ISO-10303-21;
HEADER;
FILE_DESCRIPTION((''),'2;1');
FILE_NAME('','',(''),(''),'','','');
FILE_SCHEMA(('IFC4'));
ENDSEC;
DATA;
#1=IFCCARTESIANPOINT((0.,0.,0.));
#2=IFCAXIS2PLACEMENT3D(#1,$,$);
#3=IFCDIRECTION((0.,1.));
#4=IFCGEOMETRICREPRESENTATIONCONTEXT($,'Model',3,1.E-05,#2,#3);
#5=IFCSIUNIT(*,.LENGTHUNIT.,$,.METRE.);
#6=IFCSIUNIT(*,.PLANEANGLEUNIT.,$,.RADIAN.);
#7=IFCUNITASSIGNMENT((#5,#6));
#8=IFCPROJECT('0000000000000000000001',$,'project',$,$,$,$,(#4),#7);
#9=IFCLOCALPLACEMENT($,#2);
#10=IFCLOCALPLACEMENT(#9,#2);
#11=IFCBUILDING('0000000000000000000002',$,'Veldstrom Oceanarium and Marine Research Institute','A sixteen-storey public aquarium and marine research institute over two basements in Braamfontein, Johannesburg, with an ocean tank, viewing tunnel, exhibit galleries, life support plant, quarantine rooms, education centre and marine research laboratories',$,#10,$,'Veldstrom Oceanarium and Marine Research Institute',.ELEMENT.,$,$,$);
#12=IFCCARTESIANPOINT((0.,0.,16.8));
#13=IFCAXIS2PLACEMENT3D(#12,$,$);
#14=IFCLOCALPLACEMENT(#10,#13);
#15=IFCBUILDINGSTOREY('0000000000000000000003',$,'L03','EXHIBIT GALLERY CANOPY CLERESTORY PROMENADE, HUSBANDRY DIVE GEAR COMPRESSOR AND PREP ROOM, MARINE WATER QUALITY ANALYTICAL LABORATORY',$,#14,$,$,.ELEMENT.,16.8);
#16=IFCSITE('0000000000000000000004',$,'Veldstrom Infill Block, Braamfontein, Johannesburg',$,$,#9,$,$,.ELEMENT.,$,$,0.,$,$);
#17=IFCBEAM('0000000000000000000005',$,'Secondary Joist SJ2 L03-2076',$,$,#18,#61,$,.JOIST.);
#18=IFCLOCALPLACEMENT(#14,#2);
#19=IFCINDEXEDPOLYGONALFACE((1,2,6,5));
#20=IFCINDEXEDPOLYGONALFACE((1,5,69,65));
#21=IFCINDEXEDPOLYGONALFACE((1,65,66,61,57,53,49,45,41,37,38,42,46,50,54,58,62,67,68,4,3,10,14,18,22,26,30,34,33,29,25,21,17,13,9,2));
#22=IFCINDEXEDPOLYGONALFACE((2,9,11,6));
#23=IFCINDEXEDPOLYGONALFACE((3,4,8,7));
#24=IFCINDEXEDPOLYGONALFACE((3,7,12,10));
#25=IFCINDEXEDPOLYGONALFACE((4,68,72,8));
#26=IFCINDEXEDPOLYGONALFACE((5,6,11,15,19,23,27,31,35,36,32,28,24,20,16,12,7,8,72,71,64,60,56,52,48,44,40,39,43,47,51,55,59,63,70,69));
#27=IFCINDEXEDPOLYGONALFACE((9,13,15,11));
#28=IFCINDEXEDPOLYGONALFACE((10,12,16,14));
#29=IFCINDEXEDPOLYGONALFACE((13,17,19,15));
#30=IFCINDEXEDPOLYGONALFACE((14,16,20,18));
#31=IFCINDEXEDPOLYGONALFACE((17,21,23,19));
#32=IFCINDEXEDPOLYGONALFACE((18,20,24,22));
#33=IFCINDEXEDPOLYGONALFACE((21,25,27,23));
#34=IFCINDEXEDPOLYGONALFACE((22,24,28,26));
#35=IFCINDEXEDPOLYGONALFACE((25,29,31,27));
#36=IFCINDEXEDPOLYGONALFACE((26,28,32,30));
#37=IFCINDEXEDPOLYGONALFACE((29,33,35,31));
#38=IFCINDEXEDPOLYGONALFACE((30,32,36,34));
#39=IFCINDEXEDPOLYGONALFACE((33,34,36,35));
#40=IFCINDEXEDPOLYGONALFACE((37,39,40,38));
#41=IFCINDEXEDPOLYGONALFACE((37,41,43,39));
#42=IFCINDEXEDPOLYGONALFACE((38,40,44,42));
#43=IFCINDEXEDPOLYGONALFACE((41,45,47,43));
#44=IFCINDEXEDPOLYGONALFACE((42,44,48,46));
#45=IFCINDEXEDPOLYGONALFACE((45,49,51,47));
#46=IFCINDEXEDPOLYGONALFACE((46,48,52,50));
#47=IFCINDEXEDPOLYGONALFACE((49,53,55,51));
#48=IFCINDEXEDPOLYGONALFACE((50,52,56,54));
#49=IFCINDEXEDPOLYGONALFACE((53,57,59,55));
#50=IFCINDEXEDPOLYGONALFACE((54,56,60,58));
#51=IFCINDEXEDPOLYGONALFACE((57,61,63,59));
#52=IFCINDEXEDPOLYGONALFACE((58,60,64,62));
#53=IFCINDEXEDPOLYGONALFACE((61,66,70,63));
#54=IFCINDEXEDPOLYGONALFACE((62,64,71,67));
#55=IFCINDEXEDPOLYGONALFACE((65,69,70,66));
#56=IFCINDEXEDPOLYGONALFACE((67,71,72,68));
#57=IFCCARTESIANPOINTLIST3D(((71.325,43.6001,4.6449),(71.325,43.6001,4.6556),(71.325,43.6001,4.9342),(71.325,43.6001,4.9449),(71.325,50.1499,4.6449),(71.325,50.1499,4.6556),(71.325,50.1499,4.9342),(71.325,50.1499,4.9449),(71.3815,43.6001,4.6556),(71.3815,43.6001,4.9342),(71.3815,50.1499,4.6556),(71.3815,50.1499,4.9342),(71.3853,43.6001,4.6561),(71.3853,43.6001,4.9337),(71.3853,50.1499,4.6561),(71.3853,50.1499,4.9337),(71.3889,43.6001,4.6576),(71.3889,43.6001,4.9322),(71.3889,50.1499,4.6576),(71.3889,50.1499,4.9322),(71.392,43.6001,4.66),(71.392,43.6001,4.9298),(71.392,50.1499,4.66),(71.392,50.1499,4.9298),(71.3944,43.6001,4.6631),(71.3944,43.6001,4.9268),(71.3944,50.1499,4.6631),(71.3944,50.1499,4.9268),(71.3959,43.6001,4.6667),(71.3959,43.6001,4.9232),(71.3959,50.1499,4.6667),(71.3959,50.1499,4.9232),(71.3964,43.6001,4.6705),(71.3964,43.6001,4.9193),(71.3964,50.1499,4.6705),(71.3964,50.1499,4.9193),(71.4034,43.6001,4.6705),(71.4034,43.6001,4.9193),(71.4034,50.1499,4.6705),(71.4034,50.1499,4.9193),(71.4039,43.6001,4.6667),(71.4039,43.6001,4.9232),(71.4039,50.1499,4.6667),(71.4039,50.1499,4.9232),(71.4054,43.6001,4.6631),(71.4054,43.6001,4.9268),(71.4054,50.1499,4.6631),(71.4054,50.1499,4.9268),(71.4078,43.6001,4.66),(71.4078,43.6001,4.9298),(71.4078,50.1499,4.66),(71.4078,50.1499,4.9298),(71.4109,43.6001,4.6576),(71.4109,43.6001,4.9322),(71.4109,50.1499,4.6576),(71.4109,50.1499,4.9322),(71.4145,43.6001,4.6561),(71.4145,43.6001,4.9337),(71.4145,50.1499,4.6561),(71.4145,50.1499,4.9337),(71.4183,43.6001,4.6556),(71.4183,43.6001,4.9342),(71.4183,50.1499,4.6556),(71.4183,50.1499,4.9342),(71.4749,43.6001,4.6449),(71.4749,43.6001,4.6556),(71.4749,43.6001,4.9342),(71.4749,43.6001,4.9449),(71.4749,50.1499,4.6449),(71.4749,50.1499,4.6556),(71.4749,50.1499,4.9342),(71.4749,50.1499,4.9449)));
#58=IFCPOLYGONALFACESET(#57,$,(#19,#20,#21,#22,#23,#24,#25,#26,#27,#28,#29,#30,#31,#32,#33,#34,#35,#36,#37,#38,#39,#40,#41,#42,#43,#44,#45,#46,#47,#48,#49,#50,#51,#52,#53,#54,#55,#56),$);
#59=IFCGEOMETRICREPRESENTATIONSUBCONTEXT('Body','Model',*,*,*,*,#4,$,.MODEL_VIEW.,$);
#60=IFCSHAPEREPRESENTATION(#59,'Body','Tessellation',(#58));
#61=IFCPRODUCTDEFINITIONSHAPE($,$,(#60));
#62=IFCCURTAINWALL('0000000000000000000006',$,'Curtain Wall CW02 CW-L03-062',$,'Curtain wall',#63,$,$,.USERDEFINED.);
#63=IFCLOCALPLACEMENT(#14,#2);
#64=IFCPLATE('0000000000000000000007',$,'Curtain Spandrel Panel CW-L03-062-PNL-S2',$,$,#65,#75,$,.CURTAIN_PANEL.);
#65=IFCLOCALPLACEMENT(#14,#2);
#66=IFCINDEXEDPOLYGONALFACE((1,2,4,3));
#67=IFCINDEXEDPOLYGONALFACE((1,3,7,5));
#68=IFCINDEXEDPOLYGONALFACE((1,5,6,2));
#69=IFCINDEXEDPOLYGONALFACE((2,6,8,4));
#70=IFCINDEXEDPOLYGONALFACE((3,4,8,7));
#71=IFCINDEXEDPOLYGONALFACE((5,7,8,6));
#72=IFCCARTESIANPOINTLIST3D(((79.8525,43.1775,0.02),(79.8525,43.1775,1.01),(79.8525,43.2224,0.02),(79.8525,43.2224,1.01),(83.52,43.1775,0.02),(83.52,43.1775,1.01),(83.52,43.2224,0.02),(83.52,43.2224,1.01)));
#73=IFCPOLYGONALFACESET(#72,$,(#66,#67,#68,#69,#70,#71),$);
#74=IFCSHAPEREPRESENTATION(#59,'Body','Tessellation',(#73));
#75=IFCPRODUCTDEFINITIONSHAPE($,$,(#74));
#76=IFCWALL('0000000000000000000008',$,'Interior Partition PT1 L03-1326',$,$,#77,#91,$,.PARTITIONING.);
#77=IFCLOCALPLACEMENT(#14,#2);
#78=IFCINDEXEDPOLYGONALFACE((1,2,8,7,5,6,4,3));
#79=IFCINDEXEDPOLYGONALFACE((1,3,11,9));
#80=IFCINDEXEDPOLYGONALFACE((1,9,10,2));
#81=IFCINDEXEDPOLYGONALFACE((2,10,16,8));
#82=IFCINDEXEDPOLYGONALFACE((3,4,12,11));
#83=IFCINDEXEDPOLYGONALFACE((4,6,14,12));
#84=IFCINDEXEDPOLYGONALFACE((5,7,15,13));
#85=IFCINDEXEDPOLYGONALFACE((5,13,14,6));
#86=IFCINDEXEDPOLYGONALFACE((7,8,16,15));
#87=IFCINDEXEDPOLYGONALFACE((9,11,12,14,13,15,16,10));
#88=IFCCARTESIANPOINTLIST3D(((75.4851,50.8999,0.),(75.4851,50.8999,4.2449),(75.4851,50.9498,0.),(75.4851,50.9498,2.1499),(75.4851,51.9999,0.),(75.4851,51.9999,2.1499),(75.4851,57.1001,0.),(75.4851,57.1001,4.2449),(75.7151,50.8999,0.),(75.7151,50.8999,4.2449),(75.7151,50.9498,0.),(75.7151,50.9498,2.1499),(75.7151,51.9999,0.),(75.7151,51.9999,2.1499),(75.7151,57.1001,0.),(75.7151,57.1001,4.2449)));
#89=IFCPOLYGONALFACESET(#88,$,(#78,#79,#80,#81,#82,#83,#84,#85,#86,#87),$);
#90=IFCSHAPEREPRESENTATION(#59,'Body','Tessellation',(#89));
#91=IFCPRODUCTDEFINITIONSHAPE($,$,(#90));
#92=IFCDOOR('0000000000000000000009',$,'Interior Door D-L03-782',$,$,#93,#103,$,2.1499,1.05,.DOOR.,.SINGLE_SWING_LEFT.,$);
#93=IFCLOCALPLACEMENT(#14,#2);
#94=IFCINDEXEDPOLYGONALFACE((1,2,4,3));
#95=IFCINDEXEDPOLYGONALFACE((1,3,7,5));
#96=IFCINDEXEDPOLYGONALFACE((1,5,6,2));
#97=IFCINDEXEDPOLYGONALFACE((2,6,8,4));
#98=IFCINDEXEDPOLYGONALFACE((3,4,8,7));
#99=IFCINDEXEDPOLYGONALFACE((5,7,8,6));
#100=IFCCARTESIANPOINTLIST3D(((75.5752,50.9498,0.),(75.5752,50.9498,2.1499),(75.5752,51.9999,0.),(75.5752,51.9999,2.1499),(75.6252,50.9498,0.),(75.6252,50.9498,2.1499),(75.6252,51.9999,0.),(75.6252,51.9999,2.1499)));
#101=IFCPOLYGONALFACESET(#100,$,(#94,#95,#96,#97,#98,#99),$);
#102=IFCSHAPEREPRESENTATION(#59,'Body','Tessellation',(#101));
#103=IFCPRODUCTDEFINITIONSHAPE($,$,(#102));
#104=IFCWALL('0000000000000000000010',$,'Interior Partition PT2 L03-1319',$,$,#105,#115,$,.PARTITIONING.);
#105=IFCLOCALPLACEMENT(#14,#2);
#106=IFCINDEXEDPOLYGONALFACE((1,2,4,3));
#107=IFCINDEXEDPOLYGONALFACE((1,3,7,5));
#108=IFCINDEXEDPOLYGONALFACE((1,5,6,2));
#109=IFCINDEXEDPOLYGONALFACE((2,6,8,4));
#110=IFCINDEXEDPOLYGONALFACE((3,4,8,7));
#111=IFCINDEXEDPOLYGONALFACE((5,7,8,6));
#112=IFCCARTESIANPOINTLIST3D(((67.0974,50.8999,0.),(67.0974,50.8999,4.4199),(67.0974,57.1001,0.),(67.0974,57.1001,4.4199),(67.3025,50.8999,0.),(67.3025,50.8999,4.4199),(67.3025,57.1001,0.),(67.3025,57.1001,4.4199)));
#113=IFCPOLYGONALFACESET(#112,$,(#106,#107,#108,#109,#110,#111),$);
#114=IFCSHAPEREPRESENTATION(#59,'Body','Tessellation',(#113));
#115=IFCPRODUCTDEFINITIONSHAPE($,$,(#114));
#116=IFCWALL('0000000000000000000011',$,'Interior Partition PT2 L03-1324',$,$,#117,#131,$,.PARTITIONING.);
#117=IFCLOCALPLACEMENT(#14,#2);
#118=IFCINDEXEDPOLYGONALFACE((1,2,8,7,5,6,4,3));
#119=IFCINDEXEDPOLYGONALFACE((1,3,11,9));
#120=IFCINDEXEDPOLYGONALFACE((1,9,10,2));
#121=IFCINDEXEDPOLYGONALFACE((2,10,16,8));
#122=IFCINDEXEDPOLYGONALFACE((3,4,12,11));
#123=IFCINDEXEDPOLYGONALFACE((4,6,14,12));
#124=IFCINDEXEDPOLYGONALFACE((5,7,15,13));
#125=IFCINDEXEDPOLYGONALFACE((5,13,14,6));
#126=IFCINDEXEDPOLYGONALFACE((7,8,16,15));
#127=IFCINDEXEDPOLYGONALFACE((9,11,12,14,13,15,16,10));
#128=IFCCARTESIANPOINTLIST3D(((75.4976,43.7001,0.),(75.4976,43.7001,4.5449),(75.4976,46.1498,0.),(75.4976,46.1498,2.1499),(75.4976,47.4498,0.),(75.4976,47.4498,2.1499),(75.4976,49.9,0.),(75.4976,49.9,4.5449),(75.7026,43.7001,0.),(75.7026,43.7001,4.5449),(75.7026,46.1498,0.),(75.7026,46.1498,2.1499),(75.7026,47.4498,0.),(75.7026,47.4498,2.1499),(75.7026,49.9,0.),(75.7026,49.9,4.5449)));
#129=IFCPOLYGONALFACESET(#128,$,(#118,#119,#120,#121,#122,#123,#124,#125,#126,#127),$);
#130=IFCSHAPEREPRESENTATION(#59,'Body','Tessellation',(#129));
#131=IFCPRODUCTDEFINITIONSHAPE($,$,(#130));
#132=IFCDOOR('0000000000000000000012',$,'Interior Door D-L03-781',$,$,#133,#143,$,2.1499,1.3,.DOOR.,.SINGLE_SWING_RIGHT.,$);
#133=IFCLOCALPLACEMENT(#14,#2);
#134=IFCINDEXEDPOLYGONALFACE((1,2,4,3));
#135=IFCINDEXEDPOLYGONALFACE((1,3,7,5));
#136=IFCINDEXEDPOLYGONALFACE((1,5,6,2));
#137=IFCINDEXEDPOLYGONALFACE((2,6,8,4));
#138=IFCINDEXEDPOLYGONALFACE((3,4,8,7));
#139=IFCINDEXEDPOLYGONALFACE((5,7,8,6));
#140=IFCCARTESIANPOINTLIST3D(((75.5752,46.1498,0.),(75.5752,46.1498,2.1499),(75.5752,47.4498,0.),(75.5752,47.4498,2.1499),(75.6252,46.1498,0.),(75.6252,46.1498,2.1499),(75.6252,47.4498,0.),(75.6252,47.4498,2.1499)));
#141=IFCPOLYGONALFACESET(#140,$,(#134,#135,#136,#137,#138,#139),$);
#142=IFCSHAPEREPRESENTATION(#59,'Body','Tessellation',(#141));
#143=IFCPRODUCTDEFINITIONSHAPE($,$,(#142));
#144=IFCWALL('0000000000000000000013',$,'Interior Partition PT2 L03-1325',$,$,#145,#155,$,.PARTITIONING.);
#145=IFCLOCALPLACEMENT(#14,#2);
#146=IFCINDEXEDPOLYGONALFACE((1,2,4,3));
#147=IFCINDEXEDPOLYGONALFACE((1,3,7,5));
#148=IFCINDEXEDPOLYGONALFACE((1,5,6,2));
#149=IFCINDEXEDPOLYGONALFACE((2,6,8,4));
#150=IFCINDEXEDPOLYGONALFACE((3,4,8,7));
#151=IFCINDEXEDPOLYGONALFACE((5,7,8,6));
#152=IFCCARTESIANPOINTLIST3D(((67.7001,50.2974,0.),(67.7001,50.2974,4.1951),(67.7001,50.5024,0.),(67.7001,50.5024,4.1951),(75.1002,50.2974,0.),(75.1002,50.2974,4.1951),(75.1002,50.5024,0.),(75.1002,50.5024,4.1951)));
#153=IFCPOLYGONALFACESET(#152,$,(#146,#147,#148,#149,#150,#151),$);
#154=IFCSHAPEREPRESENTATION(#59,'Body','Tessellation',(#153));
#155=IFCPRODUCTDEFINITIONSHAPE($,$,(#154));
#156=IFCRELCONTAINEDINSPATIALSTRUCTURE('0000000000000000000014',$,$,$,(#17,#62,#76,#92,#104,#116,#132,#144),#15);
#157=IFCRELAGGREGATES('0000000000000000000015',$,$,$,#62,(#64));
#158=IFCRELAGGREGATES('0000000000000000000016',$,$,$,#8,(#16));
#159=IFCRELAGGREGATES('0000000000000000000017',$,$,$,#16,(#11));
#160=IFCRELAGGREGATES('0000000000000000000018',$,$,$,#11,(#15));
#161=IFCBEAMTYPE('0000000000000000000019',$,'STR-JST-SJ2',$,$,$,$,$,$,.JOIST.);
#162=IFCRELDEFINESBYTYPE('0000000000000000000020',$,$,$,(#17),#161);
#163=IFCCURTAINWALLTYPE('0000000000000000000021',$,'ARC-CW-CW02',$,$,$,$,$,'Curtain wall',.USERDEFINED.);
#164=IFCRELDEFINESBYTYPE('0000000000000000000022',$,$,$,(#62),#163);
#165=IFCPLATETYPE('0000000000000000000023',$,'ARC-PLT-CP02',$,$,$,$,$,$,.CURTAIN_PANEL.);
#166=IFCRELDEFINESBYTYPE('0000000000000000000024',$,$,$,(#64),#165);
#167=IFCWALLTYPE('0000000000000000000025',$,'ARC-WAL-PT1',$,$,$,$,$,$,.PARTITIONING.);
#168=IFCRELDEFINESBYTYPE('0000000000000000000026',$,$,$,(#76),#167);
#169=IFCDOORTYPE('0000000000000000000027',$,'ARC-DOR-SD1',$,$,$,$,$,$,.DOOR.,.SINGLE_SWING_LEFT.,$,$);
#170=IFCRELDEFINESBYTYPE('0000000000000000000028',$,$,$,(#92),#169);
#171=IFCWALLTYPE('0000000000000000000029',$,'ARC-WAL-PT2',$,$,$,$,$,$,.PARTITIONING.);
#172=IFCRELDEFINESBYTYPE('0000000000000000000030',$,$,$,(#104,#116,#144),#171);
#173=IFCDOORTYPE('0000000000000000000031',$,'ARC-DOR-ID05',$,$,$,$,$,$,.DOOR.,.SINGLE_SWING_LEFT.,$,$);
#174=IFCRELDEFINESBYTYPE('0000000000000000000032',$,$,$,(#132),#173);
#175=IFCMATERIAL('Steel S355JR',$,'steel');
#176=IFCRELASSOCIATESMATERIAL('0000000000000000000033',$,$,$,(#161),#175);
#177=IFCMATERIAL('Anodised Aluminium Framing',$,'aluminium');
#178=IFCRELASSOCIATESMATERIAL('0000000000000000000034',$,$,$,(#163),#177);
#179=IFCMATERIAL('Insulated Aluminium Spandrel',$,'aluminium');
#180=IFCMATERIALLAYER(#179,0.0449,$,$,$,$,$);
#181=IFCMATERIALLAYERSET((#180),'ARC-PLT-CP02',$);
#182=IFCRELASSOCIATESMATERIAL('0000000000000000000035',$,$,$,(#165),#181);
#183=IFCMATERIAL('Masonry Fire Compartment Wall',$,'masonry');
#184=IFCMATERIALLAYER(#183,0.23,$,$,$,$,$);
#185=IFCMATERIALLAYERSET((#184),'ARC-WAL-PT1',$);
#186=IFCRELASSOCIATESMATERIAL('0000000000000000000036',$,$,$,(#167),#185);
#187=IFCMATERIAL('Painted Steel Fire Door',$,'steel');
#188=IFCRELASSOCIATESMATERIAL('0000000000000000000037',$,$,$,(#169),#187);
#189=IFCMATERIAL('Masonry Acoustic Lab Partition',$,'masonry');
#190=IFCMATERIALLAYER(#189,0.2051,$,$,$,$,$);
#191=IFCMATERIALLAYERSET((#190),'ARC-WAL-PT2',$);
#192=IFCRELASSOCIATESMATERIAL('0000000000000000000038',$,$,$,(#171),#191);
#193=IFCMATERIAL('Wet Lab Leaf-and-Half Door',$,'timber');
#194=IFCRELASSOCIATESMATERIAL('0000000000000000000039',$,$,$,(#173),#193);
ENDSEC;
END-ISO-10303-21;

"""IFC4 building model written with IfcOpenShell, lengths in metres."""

from ifc_helpers import new_model, si_unit, direction, frame, frame_2d, origin, origin_2d, place, context, subcontext, project, spatial, rectangle, i_section, extrude, material, layer, layer_set, material_profile, profile_set, type_object, element, fill, aggregate, save


model = new_model("IFC4")

# Units and contexts
model_context = context("Model", 3, precision=1e-05, world=origin(), true_north=direction((0.0, 1.0)))
body_context = subcontext(model_context, "Body", "Model", "MODEL_VIEW")
ifc_project = project(units=[si_unit("LENGTHUNIT", "METRE"), si_unit("PLANEANGLEUNIT", "RADIAN")], contexts=[model_context])

# Site, building, storey
site_placement = place(None, origin())
site = spatial("IfcSite", under=ifc_project, at=site_placement, Name="Veldstrom Infill Block, Braamfontein, Johannesburg", CompositionType="ELEMENT", RefElevation=0.0)
building_placement = place(site_placement, origin())
building = spatial("IfcBuilding", under=site, at=building_placement, Name="Veldstrom Oceanarium and Marine Research Institute", Description="A sixteen-storey public aquarium and marine research institute over two basements in Braamfontein, Johannesburg, with an ocean tank, viewing tunnel, exhibit galleries, life support plant, quarantine rooms, education centre and marine research laboratories", LongName="Veldstrom Oceanarium and Marine Research Institute", CompositionType="ELEMENT")
storey_placement = place(building_placement, frame((0.0, 0.0, 16.8)))
storey = spatial("IfcBuildingStorey", under=building, at=storey_placement, Name="L03", Description="EXHIBIT GALLERY CANOPY CLERESTORY PROMENADE, HUSBANDRY DIVE GEAR COMPRESSOR AND PREP ROOM, MARINE WATER QUALITY ANALYTICAL LABORATORY", CompositionType="ELEMENT", Elevation=16.8)

# Beam
ifc_material_1 = material(Name="Steel S355JR", Category="steel")
ifc_material_profile_1 = material_profile(ifc_material_1, i_section(OverallWidth=0.1499, OverallDepth=0.3, WebThickness=0.0071, FlangeThickness=0.0107, FilletRadius=0.0149, at=origin_2d()), Name="IPE 300")
ifc_profile_set_1 = profile_set([ifc_material_profile_1], Name="Steel S355JR")
beam_type_1 = type_object("IfcBeamType", Name="STR-JST-SJ2", PredefinedType="JOIST", material=ifc_profile_set_1)
beam_1_placement = place(storey_placement, frame((71.3999, 43.6001, 4.7949), z_axis=(0.0, 1.0, 0.0), x_axis=(-1.0, 0.0, 0.0)))
element("IfcBeam", 1, at=beam_1_placement, inside=storey, type_object=beam_type_1, Name="Secondary Joist SJ2 L03-2076", PredefinedType="JOIST", context=body_context, shape_type="SweptSolid", body=[
    extrude(i_section(OverallWidth=0.1499, OverallDepth=0.3, WebThickness=0.0071, FlangeThickness=0.0107, FilletRadius=0.0149, at=origin_2d()), origin(), (0.0, 0.0, 1.0), 6.5498),
])

# Curtain wall, plate
ifc_material_2 = material(Name="Anodised Aluminium Framing", Category="aluminium")
curtain_wall_type = type_object("IfcCurtainWallType", Name="ARC-CW-CW02", ElementType="Curtain wall", PredefinedType="USERDEFINED", material=ifc_material_2)
curtain_wall_placement = place(storey_placement, origin())
curtain_wall = element("IfcCurtainWall", 2, at=curtain_wall_placement, inside=storey, type_object=curtain_wall_type, Name="Curtain Wall CW02 CW-L03-062", ObjectType="Curtain wall", PredefinedType="USERDEFINED")
ifc_material_3 = material(Name="Insulated Aluminium Spandrel", Category="aluminium")
ifc_layer_1 = layer(ifc_material_3, 0.0449)
ifc_layer_set_1 = layer_set([ifc_layer_1], Name="ARC-PLT-CP02")
plate_type = type_object("IfcPlateType", Name="ARC-PLT-CP02", PredefinedType="CURTAIN_PANEL", material=ifc_layer_set_1)
plate_placement = place(storey_placement, frame((81.6863, 43.2, 0.02), z_axis=(0.0, 0.0, 1.0), x_axis=(1.0, 0.0, 0.0)))
plate = element("IfcPlate", 3, at=plate_placement, type_object=plate_type, Name="Curtain Spandrel Panel CW-L03-062-PNL-S2", PredefinedType="CURTAIN_PANEL", context=body_context, shape_type="SweptSolid", body=[
    extrude(rectangle(XDim=3.6675, YDim=0.0449, at=origin_2d()), origin(), (0.0, 0.0, 1.0), 0.99),
])
aggregate(curtain_wall, [plate])

# Wall, opening, door
ifc_material_4 = material(Name="Masonry Fire Compartment Wall", Category="masonry")
ifc_layer_2 = layer(ifc_material_4, 0.23)
ifc_layer_set_2 = layer_set([ifc_layer_2], Name="ARC-WAL-PT1")
wall_type_1 = type_object("IfcWallType", Name="ARC-WAL-PT1", PredefinedType="PARTITIONING", material=ifc_layer_set_2)
wall_1_placement = place(storey_placement, frame((75.6001, 50.8999, 0.0), z_axis=(0.0, 0.0, 1.0), x_axis=(0.0, 1.0, 0.0)))
wall_1 = element("IfcWall", 4, at=wall_1_placement, inside=storey, type_object=wall_type_1, Name="Interior Partition PT1 L03-1326", PredefinedType="PARTITIONING", context=body_context, shape_type="SweptSolid", body=[
    extrude(rectangle(XDim=6.2002, YDim=0.23, at=frame_2d((3.1001, 0.0))), origin(), (0.0, 0.0, 1.0), 4.2449),
])
opening_1_placement = place(wall_1_placement, frame((0.05, 0.0, 0.0)))
opening_1 = element("IfcOpeningElement", 5, at=opening_1_placement, cuts=wall_1, PredefinedType="OPENING", context=body_context, shape_type="SweptSolid", body=[
    extrude(rectangle(XDim=1.05, YDim=2.1499, at=frame_2d((0.5249, 1.075))), frame((0.0, 0.125, 0.0), z_axis=(0.0, -1.0, 0.0), x_axis=(1.0, 0.0, 0.0)), (0.0, 0.0, 1.0), 0.25),
])
ifc_material_5 = material(Name="Painted Steel Fire Door", Category="steel")
door_type_1 = type_object("IfcDoorType", Name="ARC-DOR-SD1", OperationType="SINGLE_SWING_LEFT", PredefinedType="DOOR", material=ifc_material_5)
door_1_placement = place(opening_1_placement, origin())
door_1 = element("IfcDoor", 6, at=door_1_placement, inside=storey, type_object=door_type_1, Name="Interior Door D-L03-782", OperationType="SINGLE_SWING_LEFT", OverallHeight=2.1499, OverallWidth=1.05, PredefinedType="DOOR", context=body_context, shape_type="SweptSolid", body=[
    extrude(rectangle(XDim=1.05, YDim=2.1499, at=frame_2d((0.5249, 1.075))), frame((0.0, 0.0249, 0.0), z_axis=(0.0, -1.0, 0.0), x_axis=(1.0, 0.0, 0.0)), (0.0, 0.0, 1.0), 0.05),
])
fill(opening_1, door_1)

# Wall
ifc_material_6 = material(Name="Masonry Acoustic Lab Partition", Category="masonry")
ifc_layer_3 = layer(ifc_material_6, 0.2051)
ifc_layer_set_3 = layer_set([ifc_layer_3], Name="ARC-WAL-PT2")
wall_type_2 = type_object("IfcWallType", Name="ARC-WAL-PT2", PredefinedType="PARTITIONING", material=ifc_layer_set_3)
wall_2_placement = place(storey_placement, frame((67.2, 50.8999, 0.0), z_axis=(0.0, 0.0, 1.0), x_axis=(0.0, 1.0, 0.0)))
element("IfcWall", 7, at=wall_2_placement, inside=storey, type_object=wall_type_2, Name="Interior Partition PT2 L03-1319", PredefinedType="PARTITIONING", context=body_context, shape_type="SweptSolid", body=[
    extrude(rectangle(XDim=6.2002, YDim=0.2051, at=frame_2d((3.1001, 0.0))), origin(), (0.0, 0.0, 1.0), 4.4199),
])

# Wall, opening, door
wall_3_placement = place(storey_placement, frame((75.6001, 43.7, 0.0), z_axis=(0.0, 0.0, 1.0), x_axis=(0.0, 1.0, 0.0)))
wall_3 = element("IfcWall", 8, at=wall_3_placement, inside=storey, type_object=wall_type_2, Name="Interior Partition PT2 L03-1324", PredefinedType="PARTITIONING", context=body_context, shape_type="SweptSolid", body=[
    extrude(rectangle(XDim=6.2, YDim=0.2051, at=frame_2d((3.1001, 0.0))), origin(), (0.0, 0.0, 1.0), 4.5449),
])
opening_2_placement = place(wall_3_placement, frame((2.45, 0.0, 0.0)))
opening_2 = element("IfcOpeningElement", 9, at=opening_2_placement, cuts=wall_3, PredefinedType="OPENING", context=body_context, shape_type="SweptSolid", body=[
    extrude(rectangle(XDim=1.3, YDim=2.1499, at=frame_2d((0.6499, 1.075))), frame((0.0, 0.1125, 0.0), z_axis=(0.0, -1.0, 0.0), x_axis=(1.0, 0.0, 0.0)), (0.0, 0.0, 1.0), 0.2251),
])
ifc_material_7 = material(Name="Wet Lab Leaf-and-Half Door", Category="timber")
door_type_2 = type_object("IfcDoorType", Name="ARC-DOR-ID05", OperationType="SINGLE_SWING_LEFT", PredefinedType="DOOR", material=ifc_material_7)
door_2_placement = place(opening_2_placement, origin())
door_2 = element("IfcDoor", 10, at=door_2_placement, inside=storey, type_object=door_type_2, Name="Interior Door D-L03-781", OperationType="SINGLE_SWING_RIGHT", OverallHeight=2.1499, OverallWidth=1.3, PredefinedType="DOOR", context=body_context, shape_type="SweptSolid", body=[
    extrude(rectangle(XDim=1.3, YDim=2.1499, at=frame_2d((0.6499, 1.075))), frame((0.0, 0.0249, 0.0), z_axis=(0.0, -1.0, 0.0), x_axis=(1.0, 0.0, 0.0)), (0.0, 0.0, 1.0), 0.05),
])
fill(opening_2, door_2)

# Wall
wall_4_placement = place(storey_placement, frame((67.7, 50.3999, 0.0), z_axis=(0.0, 0.0, 1.0), x_axis=(1.0, 0.0, 0.0)))
element("IfcWall", 11, at=wall_4_placement, inside=storey, type_object=wall_type_2, Name="Interior Partition PT2 L03-1325", PredefinedType="PARTITIONING", context=body_context, shape_type="SweptSolid", body=[
    extrude(rectangle(XDim=7.4001, YDim=0.2051, at=frame_2d((3.7002, 0.0))), origin(), (0.0, 0.0, 1.0), 4.1951),
])

save(model, "model.ifc")
